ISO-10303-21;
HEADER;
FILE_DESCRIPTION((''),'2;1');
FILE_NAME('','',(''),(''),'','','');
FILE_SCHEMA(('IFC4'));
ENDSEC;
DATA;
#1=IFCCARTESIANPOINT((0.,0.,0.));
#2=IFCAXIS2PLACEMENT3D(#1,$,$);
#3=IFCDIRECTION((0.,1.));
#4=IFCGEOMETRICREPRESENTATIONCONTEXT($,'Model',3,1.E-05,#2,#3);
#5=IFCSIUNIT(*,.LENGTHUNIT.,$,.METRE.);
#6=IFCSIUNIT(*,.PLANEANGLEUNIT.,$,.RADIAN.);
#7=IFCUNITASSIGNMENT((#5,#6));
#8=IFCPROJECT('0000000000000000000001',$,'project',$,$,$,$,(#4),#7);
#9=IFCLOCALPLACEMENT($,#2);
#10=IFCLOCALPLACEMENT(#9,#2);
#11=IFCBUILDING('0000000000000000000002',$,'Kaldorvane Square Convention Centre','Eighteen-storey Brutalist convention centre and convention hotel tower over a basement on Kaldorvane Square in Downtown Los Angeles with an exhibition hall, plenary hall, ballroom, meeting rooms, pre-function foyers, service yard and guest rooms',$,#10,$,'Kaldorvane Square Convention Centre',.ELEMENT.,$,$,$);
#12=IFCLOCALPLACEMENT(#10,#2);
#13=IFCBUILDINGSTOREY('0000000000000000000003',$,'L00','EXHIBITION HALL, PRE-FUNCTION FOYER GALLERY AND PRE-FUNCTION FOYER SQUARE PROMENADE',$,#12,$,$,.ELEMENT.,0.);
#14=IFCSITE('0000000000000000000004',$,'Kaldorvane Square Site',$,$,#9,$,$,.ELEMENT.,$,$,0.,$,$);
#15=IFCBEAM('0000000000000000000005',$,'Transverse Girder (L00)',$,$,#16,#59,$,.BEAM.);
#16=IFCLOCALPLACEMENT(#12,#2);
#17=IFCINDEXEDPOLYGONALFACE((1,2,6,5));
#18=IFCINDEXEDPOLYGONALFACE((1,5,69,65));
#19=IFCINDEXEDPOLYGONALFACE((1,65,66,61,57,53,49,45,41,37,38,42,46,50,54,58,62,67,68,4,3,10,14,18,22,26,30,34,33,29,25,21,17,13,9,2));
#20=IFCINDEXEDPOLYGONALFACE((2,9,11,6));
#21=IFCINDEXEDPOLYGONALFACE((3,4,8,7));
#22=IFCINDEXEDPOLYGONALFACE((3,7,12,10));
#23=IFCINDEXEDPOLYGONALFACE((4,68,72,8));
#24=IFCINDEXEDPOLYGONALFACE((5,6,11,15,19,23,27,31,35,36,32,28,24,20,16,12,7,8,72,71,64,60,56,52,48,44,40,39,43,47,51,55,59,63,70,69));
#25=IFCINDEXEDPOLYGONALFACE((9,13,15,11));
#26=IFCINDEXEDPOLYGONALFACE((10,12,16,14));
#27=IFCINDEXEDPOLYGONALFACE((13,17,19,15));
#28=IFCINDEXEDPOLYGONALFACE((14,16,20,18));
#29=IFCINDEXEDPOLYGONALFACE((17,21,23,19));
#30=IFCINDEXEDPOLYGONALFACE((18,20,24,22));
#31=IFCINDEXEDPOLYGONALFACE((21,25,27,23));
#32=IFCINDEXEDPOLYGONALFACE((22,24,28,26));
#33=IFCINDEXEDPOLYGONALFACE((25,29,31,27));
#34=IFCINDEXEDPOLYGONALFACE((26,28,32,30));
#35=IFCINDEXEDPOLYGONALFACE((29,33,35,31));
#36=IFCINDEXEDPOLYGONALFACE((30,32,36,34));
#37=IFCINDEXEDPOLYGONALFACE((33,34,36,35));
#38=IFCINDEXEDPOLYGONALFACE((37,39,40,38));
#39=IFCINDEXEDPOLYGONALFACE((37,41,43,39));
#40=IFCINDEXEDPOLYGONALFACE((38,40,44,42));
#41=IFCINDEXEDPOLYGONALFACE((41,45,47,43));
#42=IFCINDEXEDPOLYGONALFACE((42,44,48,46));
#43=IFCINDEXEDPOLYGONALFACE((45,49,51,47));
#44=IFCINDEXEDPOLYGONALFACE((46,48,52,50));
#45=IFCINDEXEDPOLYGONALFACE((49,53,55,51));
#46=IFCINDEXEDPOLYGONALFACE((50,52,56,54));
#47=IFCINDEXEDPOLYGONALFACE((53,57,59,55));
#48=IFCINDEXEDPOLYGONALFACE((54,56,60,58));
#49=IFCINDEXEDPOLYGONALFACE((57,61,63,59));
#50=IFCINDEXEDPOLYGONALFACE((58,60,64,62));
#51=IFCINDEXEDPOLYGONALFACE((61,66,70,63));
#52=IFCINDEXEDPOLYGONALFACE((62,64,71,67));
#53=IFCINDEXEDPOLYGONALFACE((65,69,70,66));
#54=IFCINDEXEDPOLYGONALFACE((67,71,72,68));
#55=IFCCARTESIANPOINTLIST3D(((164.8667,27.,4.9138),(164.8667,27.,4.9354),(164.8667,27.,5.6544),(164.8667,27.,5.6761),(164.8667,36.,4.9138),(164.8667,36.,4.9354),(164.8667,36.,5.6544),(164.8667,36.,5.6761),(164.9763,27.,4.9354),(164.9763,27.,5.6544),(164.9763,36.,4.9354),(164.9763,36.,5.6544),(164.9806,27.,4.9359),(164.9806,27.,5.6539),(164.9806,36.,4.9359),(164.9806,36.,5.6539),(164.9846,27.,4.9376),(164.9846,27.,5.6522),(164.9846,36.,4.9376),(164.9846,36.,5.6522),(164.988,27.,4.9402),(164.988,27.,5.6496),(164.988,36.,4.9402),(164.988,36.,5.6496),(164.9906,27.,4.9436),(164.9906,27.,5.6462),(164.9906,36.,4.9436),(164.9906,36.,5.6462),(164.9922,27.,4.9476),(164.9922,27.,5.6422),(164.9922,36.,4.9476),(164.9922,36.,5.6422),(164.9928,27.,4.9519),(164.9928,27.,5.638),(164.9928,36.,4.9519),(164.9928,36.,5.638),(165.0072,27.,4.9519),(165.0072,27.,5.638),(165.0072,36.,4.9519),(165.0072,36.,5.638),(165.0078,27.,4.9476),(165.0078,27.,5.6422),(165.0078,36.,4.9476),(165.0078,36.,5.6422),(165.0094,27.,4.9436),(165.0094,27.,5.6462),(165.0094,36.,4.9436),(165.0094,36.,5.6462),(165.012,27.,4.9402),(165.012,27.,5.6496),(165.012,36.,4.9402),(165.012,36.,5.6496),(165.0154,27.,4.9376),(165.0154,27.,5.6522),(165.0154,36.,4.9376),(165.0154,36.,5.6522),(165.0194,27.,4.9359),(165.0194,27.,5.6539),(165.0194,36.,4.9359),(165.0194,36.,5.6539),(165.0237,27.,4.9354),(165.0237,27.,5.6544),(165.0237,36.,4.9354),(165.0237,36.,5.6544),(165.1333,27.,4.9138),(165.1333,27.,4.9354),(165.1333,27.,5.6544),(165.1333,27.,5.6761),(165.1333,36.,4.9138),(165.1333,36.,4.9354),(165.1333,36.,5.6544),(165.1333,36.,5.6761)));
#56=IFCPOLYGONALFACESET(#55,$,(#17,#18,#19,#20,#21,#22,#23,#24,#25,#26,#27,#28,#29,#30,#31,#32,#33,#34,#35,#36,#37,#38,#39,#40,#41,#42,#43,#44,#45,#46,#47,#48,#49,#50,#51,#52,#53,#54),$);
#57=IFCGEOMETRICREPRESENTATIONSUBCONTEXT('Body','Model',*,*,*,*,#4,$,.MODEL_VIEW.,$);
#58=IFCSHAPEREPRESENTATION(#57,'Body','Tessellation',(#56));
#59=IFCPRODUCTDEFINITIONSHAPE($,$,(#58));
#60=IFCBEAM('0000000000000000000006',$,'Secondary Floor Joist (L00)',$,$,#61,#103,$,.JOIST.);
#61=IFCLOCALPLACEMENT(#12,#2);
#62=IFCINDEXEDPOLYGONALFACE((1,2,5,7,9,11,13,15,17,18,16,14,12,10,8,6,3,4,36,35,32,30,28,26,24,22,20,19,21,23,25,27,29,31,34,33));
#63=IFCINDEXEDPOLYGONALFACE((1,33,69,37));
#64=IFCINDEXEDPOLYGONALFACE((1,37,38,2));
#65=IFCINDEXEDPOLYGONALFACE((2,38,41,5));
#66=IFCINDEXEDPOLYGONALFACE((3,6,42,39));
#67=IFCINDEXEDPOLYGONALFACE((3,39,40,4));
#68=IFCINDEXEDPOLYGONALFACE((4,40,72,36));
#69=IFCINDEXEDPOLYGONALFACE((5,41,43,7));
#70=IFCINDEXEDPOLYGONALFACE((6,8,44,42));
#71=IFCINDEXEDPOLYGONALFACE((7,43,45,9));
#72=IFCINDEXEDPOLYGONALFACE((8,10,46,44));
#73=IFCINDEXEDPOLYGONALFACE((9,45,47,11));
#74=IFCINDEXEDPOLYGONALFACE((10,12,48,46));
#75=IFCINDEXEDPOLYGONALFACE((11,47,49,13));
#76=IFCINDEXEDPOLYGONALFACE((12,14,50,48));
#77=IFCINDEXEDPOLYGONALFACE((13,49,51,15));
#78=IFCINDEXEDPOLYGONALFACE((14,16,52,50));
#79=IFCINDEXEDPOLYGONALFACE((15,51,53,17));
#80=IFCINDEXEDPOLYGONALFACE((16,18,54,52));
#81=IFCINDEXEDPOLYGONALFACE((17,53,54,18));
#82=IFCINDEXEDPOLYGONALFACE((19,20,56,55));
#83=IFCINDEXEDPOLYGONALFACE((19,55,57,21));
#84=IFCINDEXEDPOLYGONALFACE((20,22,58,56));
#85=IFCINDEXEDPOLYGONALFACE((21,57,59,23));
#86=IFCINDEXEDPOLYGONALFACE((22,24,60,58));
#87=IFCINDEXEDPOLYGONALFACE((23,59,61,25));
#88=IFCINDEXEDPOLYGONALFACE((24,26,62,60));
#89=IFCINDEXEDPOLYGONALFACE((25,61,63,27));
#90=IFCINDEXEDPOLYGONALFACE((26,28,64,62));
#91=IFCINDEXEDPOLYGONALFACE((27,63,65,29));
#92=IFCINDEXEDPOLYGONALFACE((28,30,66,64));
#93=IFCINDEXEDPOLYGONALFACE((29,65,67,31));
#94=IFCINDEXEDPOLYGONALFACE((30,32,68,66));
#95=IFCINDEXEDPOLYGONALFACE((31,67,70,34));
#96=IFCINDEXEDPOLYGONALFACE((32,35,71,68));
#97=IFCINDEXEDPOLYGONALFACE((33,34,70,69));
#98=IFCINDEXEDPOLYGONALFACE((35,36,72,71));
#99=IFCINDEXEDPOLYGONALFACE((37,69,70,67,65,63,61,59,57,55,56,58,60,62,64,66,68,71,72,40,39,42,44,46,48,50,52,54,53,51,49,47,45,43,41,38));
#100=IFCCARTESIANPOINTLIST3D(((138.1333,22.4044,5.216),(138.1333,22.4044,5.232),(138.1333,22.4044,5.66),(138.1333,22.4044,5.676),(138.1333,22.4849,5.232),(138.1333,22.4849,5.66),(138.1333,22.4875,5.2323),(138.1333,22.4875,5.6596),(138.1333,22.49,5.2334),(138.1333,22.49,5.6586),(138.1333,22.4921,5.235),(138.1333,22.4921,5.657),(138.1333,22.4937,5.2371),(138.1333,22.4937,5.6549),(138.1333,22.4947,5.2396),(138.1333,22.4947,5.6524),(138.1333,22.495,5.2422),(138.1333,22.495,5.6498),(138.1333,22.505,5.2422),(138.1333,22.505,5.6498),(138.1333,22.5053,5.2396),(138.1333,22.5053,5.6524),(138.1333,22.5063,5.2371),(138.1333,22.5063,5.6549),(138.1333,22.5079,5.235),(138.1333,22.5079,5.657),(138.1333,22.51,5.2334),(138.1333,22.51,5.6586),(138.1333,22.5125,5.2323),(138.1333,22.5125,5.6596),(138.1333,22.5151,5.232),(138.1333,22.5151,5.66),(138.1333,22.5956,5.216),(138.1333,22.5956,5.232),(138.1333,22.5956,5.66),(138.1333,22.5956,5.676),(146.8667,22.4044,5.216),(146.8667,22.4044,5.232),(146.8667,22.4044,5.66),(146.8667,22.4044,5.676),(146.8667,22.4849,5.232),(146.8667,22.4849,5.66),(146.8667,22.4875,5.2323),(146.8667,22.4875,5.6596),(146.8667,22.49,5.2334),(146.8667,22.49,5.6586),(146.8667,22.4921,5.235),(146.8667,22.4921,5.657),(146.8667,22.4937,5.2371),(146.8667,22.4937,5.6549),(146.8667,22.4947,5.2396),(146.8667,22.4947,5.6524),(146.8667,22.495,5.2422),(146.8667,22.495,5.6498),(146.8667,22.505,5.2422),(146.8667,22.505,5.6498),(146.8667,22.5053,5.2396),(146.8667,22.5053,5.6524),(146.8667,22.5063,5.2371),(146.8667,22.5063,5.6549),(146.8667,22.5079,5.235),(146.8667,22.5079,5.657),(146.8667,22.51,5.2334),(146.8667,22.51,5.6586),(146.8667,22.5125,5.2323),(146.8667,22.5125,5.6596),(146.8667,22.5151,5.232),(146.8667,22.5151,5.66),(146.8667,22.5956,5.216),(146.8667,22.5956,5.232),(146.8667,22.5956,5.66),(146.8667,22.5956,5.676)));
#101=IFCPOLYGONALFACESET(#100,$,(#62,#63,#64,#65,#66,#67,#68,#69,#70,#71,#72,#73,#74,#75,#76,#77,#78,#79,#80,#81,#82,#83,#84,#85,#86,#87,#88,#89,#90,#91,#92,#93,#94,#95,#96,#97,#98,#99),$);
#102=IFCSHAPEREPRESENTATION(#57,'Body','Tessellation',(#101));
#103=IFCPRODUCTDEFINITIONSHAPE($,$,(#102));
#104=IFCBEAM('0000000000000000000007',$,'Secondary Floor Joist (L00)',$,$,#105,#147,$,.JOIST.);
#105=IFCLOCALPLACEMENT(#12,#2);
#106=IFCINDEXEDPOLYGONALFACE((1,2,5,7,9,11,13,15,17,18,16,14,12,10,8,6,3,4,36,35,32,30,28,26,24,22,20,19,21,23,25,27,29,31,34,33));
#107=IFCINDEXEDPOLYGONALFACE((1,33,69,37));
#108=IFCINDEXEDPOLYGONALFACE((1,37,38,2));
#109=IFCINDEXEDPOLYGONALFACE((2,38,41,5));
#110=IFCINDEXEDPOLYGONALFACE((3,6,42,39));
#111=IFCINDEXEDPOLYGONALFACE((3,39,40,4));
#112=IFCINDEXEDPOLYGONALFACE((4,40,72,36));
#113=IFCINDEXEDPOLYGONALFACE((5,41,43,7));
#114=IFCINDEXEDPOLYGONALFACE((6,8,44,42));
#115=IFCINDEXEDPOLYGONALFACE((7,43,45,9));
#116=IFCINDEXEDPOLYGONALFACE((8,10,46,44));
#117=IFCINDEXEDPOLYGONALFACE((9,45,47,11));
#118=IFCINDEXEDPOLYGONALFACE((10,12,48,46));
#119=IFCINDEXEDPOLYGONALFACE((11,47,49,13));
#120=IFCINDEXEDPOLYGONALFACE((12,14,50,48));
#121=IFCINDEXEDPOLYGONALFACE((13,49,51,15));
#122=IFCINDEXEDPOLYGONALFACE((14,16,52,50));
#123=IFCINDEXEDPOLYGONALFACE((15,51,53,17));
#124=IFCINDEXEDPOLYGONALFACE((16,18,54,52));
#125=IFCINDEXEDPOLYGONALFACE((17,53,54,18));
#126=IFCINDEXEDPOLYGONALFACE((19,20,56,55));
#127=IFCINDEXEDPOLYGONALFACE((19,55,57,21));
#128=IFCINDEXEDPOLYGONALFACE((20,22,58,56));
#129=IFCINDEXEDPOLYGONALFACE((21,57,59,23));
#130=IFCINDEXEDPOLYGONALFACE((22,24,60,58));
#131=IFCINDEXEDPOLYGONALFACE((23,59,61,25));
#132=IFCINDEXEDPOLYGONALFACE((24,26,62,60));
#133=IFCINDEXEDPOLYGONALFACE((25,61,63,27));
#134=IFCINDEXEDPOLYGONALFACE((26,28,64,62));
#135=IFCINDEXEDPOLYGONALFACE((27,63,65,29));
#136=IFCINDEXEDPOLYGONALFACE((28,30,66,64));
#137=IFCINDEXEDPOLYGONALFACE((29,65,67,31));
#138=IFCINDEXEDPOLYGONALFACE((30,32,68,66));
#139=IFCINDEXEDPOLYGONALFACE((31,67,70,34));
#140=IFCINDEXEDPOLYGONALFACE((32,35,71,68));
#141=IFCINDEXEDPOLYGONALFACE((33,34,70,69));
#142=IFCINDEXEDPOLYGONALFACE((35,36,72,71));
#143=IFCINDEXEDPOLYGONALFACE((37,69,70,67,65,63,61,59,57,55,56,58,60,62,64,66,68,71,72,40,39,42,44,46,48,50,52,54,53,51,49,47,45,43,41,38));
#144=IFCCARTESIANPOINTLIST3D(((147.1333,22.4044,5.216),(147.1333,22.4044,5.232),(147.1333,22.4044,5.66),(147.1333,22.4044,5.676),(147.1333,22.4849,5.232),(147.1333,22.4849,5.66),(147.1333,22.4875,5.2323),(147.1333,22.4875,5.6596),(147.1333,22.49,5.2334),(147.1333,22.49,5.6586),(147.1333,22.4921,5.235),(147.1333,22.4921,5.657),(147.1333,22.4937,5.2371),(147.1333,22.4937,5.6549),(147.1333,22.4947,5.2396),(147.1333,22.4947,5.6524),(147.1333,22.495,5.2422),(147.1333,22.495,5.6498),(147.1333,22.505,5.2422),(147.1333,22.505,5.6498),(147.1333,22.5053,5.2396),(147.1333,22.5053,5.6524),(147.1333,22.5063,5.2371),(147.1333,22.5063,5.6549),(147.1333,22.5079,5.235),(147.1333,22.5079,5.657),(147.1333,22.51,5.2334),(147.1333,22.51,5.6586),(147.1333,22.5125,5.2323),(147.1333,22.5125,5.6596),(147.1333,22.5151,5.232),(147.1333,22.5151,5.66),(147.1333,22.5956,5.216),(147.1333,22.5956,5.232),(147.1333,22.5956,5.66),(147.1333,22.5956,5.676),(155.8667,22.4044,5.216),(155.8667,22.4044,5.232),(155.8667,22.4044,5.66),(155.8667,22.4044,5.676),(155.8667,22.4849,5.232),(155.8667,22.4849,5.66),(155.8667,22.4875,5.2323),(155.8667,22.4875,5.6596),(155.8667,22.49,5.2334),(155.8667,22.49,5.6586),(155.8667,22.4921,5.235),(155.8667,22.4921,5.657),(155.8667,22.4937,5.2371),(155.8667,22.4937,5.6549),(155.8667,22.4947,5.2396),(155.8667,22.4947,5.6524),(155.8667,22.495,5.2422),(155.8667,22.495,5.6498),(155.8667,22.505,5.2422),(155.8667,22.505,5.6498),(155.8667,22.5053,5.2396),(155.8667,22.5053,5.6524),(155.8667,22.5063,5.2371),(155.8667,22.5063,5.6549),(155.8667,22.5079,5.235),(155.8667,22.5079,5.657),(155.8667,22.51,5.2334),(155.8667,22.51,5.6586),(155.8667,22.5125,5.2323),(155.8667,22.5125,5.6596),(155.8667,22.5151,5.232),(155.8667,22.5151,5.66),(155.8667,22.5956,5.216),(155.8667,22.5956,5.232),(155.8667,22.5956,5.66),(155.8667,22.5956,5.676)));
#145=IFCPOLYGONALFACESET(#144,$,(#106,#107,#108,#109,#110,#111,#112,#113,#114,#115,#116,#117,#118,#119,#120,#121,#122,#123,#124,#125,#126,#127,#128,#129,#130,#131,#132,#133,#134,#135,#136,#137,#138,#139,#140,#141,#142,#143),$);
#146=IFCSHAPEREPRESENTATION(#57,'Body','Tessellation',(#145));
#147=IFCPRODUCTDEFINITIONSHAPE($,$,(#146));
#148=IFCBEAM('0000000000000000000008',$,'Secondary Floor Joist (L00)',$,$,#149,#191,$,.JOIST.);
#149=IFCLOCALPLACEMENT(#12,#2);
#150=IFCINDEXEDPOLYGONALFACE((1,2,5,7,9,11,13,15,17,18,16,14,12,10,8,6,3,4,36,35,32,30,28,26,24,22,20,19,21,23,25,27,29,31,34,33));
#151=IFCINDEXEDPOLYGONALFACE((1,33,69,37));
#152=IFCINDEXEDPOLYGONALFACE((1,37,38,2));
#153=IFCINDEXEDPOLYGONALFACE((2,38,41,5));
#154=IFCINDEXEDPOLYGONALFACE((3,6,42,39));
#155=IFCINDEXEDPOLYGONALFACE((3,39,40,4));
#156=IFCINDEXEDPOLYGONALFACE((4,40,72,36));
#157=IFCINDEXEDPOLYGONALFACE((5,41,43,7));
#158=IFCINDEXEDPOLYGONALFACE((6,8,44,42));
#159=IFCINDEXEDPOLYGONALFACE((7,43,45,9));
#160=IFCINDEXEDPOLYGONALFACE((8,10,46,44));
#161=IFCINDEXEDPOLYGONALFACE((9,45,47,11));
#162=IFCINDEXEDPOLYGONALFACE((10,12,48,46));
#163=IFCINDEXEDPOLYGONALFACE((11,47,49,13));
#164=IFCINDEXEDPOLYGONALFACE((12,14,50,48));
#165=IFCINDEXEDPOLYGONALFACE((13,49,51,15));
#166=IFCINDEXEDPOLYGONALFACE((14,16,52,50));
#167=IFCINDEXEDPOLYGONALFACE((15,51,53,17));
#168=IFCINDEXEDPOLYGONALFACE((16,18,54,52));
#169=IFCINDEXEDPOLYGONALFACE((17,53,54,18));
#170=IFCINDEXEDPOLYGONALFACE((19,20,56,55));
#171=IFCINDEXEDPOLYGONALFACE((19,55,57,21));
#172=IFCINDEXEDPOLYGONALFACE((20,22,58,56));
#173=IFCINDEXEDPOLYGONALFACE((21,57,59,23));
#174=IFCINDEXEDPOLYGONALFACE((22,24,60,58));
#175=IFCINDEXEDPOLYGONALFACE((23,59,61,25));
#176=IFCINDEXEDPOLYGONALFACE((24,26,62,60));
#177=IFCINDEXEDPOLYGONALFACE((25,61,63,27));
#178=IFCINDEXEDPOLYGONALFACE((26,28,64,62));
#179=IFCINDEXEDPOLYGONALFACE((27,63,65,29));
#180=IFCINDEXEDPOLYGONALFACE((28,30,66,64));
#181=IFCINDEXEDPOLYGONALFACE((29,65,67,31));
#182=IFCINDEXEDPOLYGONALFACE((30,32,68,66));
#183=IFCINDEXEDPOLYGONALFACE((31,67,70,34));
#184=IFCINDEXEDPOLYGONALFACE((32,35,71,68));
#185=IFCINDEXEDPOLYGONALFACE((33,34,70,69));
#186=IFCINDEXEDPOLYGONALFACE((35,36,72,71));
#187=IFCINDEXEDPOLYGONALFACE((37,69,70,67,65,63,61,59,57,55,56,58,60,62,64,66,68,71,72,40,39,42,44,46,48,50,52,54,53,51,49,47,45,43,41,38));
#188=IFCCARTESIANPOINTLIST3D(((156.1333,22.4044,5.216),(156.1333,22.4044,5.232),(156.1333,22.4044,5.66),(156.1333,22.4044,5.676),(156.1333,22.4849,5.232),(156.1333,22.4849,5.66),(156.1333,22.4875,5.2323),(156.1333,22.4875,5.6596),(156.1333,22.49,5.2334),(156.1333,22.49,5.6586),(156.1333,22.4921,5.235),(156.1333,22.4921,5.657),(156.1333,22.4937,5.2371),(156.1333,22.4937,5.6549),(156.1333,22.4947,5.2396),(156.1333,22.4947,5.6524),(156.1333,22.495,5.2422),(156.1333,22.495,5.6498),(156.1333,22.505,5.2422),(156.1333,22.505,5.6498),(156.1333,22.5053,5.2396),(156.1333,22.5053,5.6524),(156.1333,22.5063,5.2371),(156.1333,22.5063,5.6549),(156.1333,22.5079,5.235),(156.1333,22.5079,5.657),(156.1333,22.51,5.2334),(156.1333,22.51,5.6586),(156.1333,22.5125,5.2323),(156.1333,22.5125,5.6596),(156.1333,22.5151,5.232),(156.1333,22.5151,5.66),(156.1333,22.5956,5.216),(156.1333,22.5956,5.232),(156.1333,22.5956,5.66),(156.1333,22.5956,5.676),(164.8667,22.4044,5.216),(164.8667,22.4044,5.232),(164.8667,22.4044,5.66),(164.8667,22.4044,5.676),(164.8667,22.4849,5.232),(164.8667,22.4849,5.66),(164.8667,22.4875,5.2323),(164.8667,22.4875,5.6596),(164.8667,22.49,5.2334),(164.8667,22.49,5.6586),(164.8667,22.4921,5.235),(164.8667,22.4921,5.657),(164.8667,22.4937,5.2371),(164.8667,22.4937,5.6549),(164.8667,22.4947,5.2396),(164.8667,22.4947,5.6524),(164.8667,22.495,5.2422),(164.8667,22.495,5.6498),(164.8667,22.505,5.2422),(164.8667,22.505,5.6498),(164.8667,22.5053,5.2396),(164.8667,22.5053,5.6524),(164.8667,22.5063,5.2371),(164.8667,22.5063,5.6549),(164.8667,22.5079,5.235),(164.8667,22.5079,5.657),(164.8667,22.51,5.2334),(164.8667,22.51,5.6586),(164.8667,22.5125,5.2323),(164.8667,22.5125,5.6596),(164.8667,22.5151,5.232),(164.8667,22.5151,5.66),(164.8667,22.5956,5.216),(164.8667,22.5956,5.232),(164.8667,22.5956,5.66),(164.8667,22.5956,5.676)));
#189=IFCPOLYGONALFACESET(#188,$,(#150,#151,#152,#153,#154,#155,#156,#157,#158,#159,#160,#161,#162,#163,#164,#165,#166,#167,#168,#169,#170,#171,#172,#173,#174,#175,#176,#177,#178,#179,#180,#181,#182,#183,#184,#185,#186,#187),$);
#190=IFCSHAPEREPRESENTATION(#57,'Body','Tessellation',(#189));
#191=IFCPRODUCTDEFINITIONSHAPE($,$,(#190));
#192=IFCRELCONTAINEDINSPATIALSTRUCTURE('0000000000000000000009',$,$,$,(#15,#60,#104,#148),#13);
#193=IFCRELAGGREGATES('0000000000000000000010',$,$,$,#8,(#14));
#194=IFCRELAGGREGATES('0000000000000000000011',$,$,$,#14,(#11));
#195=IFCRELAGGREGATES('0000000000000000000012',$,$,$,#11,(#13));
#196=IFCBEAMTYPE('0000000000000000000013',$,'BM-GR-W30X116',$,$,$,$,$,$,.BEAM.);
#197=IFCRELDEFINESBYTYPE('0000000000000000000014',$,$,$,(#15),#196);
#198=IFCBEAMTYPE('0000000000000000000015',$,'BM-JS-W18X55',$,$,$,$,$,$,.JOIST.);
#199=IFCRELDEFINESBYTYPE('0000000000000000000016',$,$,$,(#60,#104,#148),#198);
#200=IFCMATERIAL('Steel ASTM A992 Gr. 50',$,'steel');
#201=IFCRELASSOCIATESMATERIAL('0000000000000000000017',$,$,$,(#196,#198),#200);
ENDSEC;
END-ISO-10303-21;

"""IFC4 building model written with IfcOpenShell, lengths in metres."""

from ifc_helpers import new_model, si_unit, direction, frame, origin, origin_2d, place, context, subcontext, project, spatial, i_section, extrude, material, material_profile, profile_set, type_object, element, save


model = new_model("IFC4")

# Units and contexts
model_context = context("Model", 3, precision=1e-05, world=origin(), true_north=direction((0.0, 1.0)))
body_context = subcontext(model_context, "Body", "Model", "MODEL_VIEW")
ifc_project = project(units=[si_unit("LENGTHUNIT", "METRE"), si_unit("PLANEANGLEUNIT", "RADIAN")], contexts=[model_context])

# Site, building, storey
site_placement = place(None, origin())
site = spatial("IfcSite", under=ifc_project, at=site_placement, Name="Kaldorvane Square Site", CompositionType="ELEMENT", RefElevation=0.0)
building_placement = place(site_placement, origin())
building = spatial("IfcBuilding", under=site, at=building_placement, Name="Kaldorvane Square Convention Centre", Description="Eighteen-storey Brutalist convention centre and convention hotel tower over a basement on Kaldorvane Square in Downtown Los Angeles with an exhibition hall, plenary hall, ballroom, meeting rooms, pre-function foyers, service yard and guest rooms", LongName="Kaldorvane Square Convention Centre", CompositionType="ELEMENT")
storey_placement = place(building_placement, origin())
storey = spatial("IfcBuildingStorey", under=building, at=storey_placement, Name="L00", Description="EXHIBITION HALL, PRE-FUNCTION FOYER GALLERY AND PRE-FUNCTION FOYER SQUARE PROMENADE", CompositionType="ELEMENT", Elevation=0.0)

# Shared definitions
ifc_material_1 = material(Name="Steel ASTM A992 Gr. 50", Category="steel")

# Beams
ifc_material_profile_1 = material_profile(ifc_material_1, i_section(OverallWidth=0.2666, OverallDepth=0.7623, WebThickness=0.0144, FlangeThickness=0.0216, FilletRadius=0.0165, at=origin_2d()), Name="W30X116")
ifc_profile_set_1 = profile_set([ifc_material_profile_1], Name="Steel ASTM A992 Gr. 50")
beam_type_1 = type_object("IfcBeamType", Name="BM-GR-W30X116", PredefinedType="BEAM", material=ifc_profile_set_1)
for number, where, z_axis, x_axis, name in (
    (1, (165.0, 27.0, 5.2949), (0.0, 1.0, 0.0), (-1.0, 0.0, 0.0), "Transverse Girder (L00)"),
):
    element("IfcBeam", number, at=place(storey_placement, frame(where, z_axis=z_axis, x_axis=x_axis)), inside=storey, type_object=beam_type_1, Name=name, PredefinedType="BEAM", context=body_context, shape_type="SweptSolid", body=[
        extrude(i_section(OverallWidth=0.2666, OverallDepth=0.7623, WebThickness=0.0144, FlangeThickness=0.0216, FilletRadius=0.0165, at=origin_2d()), origin(), (0.0, 0.0, 1.0), 9.0),
    ])
ifc_material_profile_2 = material_profile(ifc_material_1, i_section(OverallWidth=0.1913, OverallDepth=0.46, WebThickness=0.0099, FlangeThickness=0.016, FilletRadius=0.0102, at=origin_2d()), Name="W18X55")
ifc_profile_set_2 = profile_set([ifc_material_profile_2], Name="Steel ASTM A992 Gr. 50")
beam_type_2 = type_object("IfcBeamType", Name="BM-JS-W18X55", PredefinedType="JOIST", material=ifc_profile_set_2)
for number, where, z_axis, x_axis, name in (
    (2, (138.1333, 22.5, 5.446), (1.0, 0.0, 0.0), (0.0, 1.0, 0.0), "Secondary Floor Joist (L00)"),
    (3, (147.1333, 22.5, 5.446), (1.0, 0.0, 0.0), (0.0, 1.0, 0.0), "Secondary Floor Joist (L00)"),
    (4, (156.1333, 22.5, 5.446), (1.0, 0.0, 0.0), (0.0, 1.0, 0.0), "Secondary Floor Joist (L00)"),
):
    element("IfcBeam", number, at=place(storey_placement, frame(where, z_axis=z_axis, x_axis=x_axis)), inside=storey, type_object=beam_type_2, Name=name, PredefinedType="JOIST", context=body_context, shape_type="SweptSolid", body=[
        extrude(i_section(OverallWidth=0.1913, OverallDepth=0.46, WebThickness=0.0099, FlangeThickness=0.016, FilletRadius=0.0102, at=origin_2d()), origin(), (0.0, 0.0, 1.0), 8.7334),
    ])

save(model, "model.ifc")
